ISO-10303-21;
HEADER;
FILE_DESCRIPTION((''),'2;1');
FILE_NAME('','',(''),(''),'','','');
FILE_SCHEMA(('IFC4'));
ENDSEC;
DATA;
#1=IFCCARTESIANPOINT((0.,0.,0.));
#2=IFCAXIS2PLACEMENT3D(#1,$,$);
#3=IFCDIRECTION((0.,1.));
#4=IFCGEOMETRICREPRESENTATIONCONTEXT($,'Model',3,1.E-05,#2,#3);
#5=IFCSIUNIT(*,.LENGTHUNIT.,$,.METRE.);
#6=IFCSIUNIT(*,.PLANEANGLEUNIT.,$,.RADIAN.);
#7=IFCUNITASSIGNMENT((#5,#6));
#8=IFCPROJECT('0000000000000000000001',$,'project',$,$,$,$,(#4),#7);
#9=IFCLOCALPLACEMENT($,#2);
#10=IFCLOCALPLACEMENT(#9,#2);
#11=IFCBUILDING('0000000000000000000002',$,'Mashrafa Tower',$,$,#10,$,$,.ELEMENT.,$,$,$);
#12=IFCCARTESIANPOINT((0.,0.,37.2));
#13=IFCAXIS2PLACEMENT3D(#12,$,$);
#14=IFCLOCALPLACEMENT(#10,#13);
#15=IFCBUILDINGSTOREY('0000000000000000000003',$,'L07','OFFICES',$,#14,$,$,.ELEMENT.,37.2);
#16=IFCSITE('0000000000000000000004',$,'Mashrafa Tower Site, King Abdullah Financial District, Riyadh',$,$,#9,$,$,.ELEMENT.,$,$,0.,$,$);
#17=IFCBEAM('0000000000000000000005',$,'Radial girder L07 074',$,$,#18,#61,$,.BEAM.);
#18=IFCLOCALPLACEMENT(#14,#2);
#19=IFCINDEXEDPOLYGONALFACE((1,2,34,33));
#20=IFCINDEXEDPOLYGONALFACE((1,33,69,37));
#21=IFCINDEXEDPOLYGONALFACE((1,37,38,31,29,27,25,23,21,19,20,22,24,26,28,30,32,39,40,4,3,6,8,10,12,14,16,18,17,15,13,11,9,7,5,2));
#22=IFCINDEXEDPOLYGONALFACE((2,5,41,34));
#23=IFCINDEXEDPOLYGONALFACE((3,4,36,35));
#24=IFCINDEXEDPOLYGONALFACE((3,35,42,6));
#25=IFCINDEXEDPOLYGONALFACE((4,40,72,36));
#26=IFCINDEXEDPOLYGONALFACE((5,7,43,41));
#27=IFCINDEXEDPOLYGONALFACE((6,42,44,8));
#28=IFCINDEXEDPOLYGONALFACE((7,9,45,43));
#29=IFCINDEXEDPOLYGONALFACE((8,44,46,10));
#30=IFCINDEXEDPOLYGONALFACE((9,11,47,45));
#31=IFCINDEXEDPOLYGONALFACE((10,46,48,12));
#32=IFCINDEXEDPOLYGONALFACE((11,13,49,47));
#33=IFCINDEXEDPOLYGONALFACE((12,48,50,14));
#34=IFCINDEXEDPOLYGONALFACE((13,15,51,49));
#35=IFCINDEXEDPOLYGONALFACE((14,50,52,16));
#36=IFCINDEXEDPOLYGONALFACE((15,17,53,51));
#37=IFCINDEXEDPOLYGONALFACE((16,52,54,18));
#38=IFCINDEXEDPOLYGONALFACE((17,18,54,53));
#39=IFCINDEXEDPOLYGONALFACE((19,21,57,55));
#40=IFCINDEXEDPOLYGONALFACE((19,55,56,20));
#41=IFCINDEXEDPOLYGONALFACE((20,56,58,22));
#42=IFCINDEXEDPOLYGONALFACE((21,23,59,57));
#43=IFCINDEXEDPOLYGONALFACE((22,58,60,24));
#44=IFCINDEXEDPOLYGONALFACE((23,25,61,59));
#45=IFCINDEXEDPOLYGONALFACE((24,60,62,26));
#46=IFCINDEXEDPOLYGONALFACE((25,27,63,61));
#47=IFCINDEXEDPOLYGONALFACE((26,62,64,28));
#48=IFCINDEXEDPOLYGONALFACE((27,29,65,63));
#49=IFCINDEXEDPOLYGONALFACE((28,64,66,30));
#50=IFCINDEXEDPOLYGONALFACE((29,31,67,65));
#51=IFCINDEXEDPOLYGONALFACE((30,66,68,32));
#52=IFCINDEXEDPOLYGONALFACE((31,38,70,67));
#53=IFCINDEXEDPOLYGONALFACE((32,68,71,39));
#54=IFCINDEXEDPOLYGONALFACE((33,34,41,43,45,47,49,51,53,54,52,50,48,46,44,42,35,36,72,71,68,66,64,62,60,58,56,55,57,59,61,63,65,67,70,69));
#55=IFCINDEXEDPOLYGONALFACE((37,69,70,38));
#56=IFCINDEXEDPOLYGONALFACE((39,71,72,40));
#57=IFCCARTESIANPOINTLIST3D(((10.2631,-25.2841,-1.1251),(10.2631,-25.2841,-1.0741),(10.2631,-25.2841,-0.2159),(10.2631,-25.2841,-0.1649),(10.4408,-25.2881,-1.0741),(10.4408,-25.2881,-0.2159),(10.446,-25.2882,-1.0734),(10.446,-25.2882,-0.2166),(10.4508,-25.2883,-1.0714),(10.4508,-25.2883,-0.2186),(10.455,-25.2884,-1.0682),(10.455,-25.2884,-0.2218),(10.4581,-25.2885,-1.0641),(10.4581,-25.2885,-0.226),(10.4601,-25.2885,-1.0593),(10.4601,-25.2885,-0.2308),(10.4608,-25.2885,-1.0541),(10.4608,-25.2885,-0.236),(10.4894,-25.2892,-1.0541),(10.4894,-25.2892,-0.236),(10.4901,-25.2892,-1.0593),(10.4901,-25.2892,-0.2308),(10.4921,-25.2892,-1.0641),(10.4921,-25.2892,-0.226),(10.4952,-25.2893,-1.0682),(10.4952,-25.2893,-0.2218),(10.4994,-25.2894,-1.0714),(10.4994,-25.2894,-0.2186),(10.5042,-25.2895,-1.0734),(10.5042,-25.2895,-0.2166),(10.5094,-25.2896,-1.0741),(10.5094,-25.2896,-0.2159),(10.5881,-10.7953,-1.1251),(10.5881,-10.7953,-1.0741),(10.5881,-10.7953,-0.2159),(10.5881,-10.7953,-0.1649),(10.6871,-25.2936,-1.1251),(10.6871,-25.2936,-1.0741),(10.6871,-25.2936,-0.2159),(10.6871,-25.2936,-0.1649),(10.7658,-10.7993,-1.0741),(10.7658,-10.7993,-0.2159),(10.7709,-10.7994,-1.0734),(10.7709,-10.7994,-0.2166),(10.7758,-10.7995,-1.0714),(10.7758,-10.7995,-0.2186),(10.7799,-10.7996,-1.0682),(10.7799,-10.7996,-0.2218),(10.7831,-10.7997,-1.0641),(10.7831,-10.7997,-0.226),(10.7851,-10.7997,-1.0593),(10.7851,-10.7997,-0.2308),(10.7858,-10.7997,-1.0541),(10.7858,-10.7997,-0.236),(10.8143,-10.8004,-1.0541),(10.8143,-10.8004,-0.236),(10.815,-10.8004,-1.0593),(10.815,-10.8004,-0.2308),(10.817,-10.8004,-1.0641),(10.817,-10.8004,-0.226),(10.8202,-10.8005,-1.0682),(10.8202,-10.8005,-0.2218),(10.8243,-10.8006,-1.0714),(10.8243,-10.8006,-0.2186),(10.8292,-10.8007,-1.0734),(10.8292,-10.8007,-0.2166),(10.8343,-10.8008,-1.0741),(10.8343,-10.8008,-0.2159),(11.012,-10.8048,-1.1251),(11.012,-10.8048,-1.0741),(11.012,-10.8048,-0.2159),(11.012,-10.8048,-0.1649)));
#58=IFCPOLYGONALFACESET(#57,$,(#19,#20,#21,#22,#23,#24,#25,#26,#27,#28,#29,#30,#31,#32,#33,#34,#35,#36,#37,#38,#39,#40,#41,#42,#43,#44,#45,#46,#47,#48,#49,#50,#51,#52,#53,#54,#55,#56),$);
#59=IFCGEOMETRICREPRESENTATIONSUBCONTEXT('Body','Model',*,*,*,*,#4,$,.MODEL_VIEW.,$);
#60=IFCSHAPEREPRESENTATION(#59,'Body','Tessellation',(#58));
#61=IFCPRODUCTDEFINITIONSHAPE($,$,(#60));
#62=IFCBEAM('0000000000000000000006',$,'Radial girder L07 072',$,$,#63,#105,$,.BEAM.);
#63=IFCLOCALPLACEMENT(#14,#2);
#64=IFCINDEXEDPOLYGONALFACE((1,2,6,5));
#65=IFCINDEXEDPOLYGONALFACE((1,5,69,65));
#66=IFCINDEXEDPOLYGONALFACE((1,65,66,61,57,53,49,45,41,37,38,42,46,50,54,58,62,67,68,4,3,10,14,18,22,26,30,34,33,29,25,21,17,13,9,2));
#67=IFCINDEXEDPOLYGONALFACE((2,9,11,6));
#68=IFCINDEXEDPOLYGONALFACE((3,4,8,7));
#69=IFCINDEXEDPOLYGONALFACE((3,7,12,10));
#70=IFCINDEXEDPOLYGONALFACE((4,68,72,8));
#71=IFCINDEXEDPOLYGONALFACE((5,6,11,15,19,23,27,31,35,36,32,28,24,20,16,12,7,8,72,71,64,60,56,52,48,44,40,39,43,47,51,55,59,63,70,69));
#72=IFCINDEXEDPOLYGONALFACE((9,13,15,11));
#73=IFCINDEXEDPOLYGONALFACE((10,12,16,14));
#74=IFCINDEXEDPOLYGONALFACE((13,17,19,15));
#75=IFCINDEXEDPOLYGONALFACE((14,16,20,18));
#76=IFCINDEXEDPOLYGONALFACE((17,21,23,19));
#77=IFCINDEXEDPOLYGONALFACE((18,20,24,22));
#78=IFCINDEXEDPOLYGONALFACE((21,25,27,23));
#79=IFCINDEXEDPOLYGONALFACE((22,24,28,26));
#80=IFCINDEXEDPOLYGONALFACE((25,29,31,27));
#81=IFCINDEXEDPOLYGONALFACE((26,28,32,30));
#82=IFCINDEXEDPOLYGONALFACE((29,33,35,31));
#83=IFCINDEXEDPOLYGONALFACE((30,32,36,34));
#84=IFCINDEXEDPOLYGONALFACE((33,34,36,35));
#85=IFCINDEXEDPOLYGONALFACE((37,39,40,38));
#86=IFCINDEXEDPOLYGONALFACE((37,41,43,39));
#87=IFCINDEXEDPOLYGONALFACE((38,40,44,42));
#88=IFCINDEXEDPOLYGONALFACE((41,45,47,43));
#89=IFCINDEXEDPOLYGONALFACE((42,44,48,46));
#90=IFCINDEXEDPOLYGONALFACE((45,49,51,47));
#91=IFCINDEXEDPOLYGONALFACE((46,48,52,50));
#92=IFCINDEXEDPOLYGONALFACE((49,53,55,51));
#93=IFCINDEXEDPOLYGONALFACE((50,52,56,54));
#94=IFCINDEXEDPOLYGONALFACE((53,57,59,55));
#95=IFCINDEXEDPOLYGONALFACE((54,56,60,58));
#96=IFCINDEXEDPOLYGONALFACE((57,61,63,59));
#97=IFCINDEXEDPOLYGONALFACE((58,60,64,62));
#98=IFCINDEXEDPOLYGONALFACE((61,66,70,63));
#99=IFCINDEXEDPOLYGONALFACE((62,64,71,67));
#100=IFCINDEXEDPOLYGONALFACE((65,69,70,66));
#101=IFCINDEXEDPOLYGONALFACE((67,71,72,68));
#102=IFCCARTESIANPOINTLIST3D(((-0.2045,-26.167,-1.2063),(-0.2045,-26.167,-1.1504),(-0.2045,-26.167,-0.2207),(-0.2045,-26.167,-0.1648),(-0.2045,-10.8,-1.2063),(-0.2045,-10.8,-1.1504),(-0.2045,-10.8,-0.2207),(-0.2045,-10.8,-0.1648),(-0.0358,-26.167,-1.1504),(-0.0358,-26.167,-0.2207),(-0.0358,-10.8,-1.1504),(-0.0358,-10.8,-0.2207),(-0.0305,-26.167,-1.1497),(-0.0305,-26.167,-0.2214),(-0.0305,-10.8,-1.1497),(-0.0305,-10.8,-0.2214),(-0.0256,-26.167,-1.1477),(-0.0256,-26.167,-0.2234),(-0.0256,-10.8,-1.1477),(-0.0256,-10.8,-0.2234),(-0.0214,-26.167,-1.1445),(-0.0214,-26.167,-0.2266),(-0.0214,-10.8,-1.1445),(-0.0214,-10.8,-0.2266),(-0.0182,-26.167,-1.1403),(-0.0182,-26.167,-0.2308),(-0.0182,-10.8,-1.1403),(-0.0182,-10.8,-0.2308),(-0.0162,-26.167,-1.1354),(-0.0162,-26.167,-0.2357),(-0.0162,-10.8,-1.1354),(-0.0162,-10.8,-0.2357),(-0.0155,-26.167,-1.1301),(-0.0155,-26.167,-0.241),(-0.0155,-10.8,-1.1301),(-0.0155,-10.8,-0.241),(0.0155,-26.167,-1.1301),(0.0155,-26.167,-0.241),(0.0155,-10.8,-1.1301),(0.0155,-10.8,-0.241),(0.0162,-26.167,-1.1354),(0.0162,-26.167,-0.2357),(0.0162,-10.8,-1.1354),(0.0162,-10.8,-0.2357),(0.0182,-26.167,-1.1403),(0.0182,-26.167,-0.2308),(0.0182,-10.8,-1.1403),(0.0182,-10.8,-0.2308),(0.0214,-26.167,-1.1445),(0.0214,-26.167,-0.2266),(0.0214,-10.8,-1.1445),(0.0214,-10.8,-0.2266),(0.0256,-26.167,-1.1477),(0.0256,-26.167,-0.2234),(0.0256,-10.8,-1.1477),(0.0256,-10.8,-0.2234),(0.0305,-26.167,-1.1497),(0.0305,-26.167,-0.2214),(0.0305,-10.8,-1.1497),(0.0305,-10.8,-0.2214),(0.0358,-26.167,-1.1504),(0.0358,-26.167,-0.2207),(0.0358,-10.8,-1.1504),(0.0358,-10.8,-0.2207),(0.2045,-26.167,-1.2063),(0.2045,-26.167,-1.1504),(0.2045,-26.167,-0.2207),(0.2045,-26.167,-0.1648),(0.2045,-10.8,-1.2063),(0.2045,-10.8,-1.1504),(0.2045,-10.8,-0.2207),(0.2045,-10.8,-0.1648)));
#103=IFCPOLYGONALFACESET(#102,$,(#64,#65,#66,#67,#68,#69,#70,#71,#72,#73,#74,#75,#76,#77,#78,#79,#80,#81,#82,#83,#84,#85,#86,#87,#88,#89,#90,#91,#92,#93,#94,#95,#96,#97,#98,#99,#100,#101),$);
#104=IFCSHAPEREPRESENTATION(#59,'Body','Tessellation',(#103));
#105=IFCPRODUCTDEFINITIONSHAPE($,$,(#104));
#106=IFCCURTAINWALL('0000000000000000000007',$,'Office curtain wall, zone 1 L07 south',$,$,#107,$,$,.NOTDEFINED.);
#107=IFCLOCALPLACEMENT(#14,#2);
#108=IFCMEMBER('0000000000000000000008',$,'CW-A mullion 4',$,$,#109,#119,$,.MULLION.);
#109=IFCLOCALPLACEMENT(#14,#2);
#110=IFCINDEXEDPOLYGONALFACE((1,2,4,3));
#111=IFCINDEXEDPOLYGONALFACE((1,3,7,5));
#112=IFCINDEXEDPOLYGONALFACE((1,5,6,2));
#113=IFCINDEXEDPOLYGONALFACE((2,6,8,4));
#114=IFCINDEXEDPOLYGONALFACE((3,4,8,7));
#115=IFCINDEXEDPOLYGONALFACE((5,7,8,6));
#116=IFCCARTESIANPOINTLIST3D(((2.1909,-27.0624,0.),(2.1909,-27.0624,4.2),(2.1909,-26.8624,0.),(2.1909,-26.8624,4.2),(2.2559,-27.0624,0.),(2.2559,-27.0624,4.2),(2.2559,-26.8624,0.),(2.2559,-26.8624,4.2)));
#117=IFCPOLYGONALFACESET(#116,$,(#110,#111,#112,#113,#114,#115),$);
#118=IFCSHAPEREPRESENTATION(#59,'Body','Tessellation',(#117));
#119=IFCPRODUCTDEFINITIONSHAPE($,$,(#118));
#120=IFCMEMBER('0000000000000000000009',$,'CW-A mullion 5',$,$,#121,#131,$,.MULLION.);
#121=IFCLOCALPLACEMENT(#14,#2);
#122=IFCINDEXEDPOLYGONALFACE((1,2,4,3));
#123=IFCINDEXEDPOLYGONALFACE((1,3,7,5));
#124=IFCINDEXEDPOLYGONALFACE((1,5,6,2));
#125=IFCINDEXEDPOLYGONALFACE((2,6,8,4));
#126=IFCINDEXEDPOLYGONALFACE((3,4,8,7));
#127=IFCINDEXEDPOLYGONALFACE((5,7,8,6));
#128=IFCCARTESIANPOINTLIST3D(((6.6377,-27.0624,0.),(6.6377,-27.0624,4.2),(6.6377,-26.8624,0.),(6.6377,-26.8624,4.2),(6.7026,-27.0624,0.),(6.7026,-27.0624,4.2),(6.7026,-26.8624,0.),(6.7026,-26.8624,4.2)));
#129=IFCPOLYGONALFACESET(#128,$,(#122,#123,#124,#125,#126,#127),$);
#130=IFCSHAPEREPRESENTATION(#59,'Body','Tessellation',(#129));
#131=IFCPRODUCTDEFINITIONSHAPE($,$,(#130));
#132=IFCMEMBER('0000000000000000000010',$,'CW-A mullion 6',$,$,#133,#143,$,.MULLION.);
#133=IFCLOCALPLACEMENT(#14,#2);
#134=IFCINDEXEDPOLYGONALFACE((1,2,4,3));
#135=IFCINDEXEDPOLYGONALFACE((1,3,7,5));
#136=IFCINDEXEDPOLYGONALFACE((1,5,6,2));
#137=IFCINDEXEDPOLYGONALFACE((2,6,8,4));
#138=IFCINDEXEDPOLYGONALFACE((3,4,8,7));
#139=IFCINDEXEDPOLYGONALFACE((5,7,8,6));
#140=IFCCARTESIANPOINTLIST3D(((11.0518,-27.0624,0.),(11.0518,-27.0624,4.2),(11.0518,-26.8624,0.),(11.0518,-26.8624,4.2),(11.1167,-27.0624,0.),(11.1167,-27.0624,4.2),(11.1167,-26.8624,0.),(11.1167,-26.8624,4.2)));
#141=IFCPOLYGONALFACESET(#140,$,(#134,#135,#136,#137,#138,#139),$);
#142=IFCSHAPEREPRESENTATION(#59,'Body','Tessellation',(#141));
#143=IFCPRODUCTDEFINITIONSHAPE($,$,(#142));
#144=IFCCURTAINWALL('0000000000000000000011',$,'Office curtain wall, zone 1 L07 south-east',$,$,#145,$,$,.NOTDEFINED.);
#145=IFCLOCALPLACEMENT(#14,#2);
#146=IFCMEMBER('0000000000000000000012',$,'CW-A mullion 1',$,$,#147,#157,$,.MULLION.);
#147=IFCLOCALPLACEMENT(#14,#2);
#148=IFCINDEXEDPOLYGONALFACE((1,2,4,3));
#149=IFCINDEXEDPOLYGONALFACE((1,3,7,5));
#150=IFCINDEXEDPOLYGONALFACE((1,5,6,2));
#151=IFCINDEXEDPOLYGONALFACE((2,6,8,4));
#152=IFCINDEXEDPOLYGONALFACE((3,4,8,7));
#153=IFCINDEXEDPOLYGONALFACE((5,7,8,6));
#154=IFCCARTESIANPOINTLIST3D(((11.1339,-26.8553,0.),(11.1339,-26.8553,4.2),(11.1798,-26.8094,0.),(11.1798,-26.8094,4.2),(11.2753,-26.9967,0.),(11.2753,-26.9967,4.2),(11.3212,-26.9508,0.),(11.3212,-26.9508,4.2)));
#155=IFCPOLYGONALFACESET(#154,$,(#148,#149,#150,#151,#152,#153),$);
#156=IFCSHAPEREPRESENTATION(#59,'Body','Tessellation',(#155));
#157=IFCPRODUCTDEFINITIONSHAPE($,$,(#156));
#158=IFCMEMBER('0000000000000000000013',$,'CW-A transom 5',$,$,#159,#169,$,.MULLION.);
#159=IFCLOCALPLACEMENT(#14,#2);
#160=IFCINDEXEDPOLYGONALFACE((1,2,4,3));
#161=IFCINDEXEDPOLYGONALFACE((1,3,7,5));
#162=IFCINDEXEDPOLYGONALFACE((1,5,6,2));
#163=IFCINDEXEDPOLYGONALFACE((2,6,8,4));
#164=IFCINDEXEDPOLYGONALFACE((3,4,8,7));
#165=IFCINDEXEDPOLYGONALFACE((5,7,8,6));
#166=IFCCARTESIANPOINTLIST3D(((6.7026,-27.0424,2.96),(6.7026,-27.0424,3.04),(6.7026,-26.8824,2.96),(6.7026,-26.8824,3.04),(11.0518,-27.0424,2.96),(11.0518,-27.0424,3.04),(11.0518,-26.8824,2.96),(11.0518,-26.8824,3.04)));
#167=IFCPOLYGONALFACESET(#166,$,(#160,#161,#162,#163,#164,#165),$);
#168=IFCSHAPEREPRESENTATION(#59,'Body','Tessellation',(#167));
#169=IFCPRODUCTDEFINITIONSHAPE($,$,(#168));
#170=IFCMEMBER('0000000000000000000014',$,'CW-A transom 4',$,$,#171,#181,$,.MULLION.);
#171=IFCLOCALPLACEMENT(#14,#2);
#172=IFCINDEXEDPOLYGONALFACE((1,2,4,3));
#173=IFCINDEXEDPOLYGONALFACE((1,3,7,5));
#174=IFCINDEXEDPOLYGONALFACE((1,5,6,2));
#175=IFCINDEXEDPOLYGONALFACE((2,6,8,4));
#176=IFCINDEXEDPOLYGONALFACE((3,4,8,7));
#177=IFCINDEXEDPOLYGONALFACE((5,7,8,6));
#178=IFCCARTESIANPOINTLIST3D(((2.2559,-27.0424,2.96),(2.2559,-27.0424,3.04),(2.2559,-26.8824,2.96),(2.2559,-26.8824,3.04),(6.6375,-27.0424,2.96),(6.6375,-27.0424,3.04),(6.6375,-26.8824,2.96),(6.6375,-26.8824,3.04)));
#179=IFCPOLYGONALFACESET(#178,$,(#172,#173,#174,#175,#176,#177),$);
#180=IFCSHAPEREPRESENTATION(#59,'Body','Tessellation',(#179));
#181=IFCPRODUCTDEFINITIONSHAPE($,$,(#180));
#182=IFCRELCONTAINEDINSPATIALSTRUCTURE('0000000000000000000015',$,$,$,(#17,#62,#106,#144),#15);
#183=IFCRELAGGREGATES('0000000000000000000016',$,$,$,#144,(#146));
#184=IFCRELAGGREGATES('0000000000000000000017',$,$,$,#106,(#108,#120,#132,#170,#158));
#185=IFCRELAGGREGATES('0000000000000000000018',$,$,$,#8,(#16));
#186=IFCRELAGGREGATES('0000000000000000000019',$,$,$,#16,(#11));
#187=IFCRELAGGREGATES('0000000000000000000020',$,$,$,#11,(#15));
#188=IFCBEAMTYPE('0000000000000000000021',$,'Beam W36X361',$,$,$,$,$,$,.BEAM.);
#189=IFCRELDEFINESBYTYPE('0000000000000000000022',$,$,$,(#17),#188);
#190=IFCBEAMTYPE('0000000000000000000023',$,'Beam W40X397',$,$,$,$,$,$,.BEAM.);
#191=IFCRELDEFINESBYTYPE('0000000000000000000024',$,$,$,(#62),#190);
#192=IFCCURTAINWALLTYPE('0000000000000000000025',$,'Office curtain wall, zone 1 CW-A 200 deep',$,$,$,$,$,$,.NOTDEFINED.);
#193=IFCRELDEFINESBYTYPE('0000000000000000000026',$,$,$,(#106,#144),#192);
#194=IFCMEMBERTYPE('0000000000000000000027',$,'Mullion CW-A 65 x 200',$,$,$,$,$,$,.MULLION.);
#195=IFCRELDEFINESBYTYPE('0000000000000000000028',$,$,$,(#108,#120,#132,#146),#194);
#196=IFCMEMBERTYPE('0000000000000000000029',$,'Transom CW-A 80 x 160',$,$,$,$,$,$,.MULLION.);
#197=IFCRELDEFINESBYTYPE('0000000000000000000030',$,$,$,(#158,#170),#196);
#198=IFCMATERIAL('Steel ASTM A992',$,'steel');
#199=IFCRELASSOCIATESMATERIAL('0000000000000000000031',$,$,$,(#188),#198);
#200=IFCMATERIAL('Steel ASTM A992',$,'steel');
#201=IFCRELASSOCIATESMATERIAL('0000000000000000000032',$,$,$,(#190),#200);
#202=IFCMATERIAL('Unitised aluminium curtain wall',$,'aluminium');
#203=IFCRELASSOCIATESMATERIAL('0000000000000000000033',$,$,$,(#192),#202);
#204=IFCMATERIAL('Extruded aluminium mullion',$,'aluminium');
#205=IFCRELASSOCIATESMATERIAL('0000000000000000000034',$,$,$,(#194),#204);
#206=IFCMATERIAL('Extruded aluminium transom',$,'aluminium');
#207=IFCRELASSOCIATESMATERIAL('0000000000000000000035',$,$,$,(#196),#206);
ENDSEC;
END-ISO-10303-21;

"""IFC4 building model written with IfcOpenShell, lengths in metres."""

from ifc_helpers import new_model, si_unit, direction, frame, origin, origin_2d, place, context, subcontext, project, spatial, rectangle, i_section, extrude, source, transform, mapped, material, material_profile, profile_set, type_object, type_shapes, element, aggregate, save


model = new_model("IFC4")

# Units and contexts
model_context = context("Model", 3, precision=1e-05, world=origin(), true_north=direction((0.0, 1.0)))
body_context = subcontext(model_context, "Body", "Model", "MODEL_VIEW")
ifc_project = project(units=[si_unit("LENGTHUNIT", "METRE"), si_unit("PLANEANGLEUNIT", "RADIAN")], contexts=[model_context])

# Site, building, storey
site_placement = place(None, origin())
site = spatial("IfcSite", under=ifc_project, at=site_placement, Name="Mashrafa Tower Site, King Abdullah Financial District, Riyadh", CompositionType="ELEMENT", RefElevation=0.0)
building_placement = place(site_placement, origin())
building = spatial("IfcBuilding", under=site, at=building_placement, Name="Mashrafa Tower", CompositionType="ELEMENT")
storey_placement = place(building_placement, frame((0.0, 0.0, 37.2)))
storey = spatial("IfcBuildingStorey", under=building, at=storey_placement, Name="L07", Description="OFFICES", CompositionType="ELEMENT", Elevation=37.2)

# Beams
ifc_material_1 = material(Name="Steel ASTM A992", Category="steel")
ifc_material_profile_1 = material_profile(ifc_material_1, i_section(OverallWidth=0.4241, OverallDepth=0.9602, WebThickness=0.0286, FlangeThickness=0.051, FilletRadius=0.02, at=origin_2d()), Name="W36X361")
ifc_profile_set_1 = profile_set([ifc_material_profile_1], Name="Steel ASTM A992")
beam_type_1 = type_object("IfcBeamType", Name="Beam W36X361", PredefinedType="BEAM", material=ifc_profile_set_1)
beam_1_placement = place(storey_placement, frame((10.8, -10.8, -0.645), z_axis=(-0.022422, -0.999749, 0.0), x_axis=(0.999749, -0.022422, 0.0)))
element("IfcBeam", 1, at=beam_1_placement, inside=storey, type_object=beam_type_1, Name="Radial girder L07 074", PredefinedType="BEAM", context=body_context, shape_type="SweptSolid", body=[
    extrude(i_section(OverallWidth=0.4241, OverallDepth=0.9602, WebThickness=0.0286, FlangeThickness=0.051, FilletRadius=0.02, at=origin_2d()), origin(), (0.0, 0.0, 1.0), 14.4924),
])
ifc_material_2 = material(Name="Steel ASTM A992", Category="steel")
ifc_material_profile_2 = material_profile(ifc_material_2, i_section(OverallWidth=0.4089, OverallDepth=1.0415, WebThickness=0.031, FlangeThickness=0.0559, FilletRadius=0.0203, at=origin_2d()), Name="W40X397")
ifc_profile_set_2 = profile_set([ifc_material_profile_2], Name="Steel ASTM A992")
beam_type_2 = type_object("IfcBeamType", Name="Beam W40X397", PredefinedType="BEAM", material=ifc_profile_set_2)
beam_2_placement = place(storey_placement, frame((0.0, -10.8, -0.6855), z_axis=(0.0, -1.0, 0.0), x_axis=(1.0, 0.0, 0.0)))
element("IfcBeam", 2, at=beam_2_placement, inside=storey, type_object=beam_type_2, Name="Radial girder L07 072", PredefinedType="BEAM", context=body_context, shape_type="SweptSolid", body=[
    extrude(i_section(OverallWidth=0.4089, OverallDepth=1.0415, WebThickness=0.031, FlangeThickness=0.0559, FilletRadius=0.0203, at=origin_2d()), origin(), (0.0, 0.0, 1.0), 15.3669),
])

# Curtain wall, members
ifc_material_3 = material(Name="Unitised aluminium curtain wall", Category="aluminium")
curtain_wall_type = type_object("IfcCurtainWallType", Name="Office curtain wall, zone 1 CW-A 200 deep", PredefinedType="NOTDEFINED", material=ifc_material_3)
curtain_wall_1_placement = place(storey_placement, origin())
curtain_wall_1 = element("IfcCurtainWall", 3, at=curtain_wall_1_placement, inside=storey, type_object=curtain_wall_type, Name="Office curtain wall, zone 1 L07 south", PredefinedType="NOTDEFINED")
ifc_material_4 = material(Name="Extruded aluminium mullion", Category="aluminium")
ifc_material_profile_3 = material_profile(ifc_material_4, rectangle(XDim=0.2, YDim=0.0649, at=origin_2d()), Name="Mullion 65x200")
ifc_profile_set_3 = profile_set([ifc_material_profile_3], Name="Extruded aluminium mullion")
member_type_1 = type_object("IfcMemberType", Name="Mullion CW-A 65 x 200", PredefinedType="MULLION", material=ifc_profile_set_3)
shared_shape_1 = source(origin(), body_context, "Body", "SweptSolid", [
    extrude(rectangle(XDim=0.2, YDim=0.0649, at=origin_2d()), origin(), (0.0, 0.0, 1.0), 4.2),
])
type_shapes(member_type_1, [shared_shape_1])
member_1_placement = place(storey_placement, frame((2.2234, -26.9624, 0.0), z_axis=(0.0, 0.0, 1.0), x_axis=(0.0, 1.0, 0.0)))
member_1 = element("IfcMember", 4, at=member_1_placement, type_object=member_type_1, Name="CW-A mullion 4", PredefinedType="MULLION", context=body_context, shape_type="MappedRepresentation", body=[
    mapped(shared_shape_1, transform((0.0, 0.0, 0.0))),
])
member_2_placement = place(storey_placement, frame((6.6702, -26.9624, 0.0), z_axis=(0.0, 0.0, 1.0), x_axis=(0.0, 1.0, 0.0)))
member_2 = element("IfcMember", 5, at=member_2_placement, type_object=member_type_1, Name="CW-A mullion 5", PredefinedType="MULLION", context=body_context, shape_type="MappedRepresentation", body=[
    mapped(shared_shape_1, transform((0.0, 0.0, 0.0))),
])
member_3_placement = place(storey_placement, frame((11.0842, -26.9624, 0.0), z_axis=(0.0, 0.0, 1.0), x_axis=(0.0, 1.0, 0.0)))
member_3 = element("IfcMember", 6, at=member_3_placement, type_object=member_type_1, Name="CW-A mullion 6", PredefinedType="MULLION", context=body_context, shape_type="MappedRepresentation", body=[
    mapped(shared_shape_1, transform((0.0, 0.0, 0.0))),
])

# Curtain wall, member
curtain_wall_2_placement = place(storey_placement, origin())
curtain_wall_2 = element("IfcCurtainWall", 7, at=curtain_wall_2_placement, inside=storey, type_object=curtain_wall_type, Name="Office curtain wall, zone 1 L07 south-east", PredefinedType="NOTDEFINED")
member_4_placement = place(storey_placement, frame((11.2275, -26.9031, 0.0), z_axis=(0.0, 0.0, 1.0), x_axis=(-0.707107, 0.707107, 0.0)))
member_4 = element("IfcMember", 8, at=member_4_placement, type_object=member_type_1, Name="CW-A mullion 1", PredefinedType="MULLION", context=body_context, shape_type="MappedRepresentation", body=[
    mapped(shared_shape_1, transform((0.0, 0.0, 0.0))),
])
aggregate(curtain_wall_2, [member_4])

# Members
ifc_material_5 = material(Name="Extruded aluminium transom", Category="aluminium")
ifc_material_profile_4 = material_profile(ifc_material_5, rectangle(XDim=0.1599, YDim=0.0801, at=origin_2d()), Name="Transom 80x160")
ifc_profile_set_4 = profile_set([ifc_material_profile_4], Name="Extruded aluminium transom")
member_type_2 = type_object("IfcMemberType", Name="Transom CW-A 80 x 160", PredefinedType="MULLION", material=ifc_profile_set_4)
shared_shape_2 = source(origin(), body_context, "Body", "SweptSolid", [
    extrude(rectangle(XDim=0.1599, YDim=0.0801, at=origin_2d()), origin(), (0.0, 0.0, 1.0), 4.3491),
])
member_5_placement = place(storey_placement, frame((6.7026, -26.9624, 3.0), z_axis=(1.0, 0.0, 0.0), x_axis=(0.0, 1.0, 0.0)))
member_5 = element("IfcMember", 9, at=member_5_placement, type_object=member_type_2, Name="CW-A transom 5", PredefinedType="MULLION", context=body_context, shape_type="MappedRepresentation", body=[
    mapped(shared_shape_2, transform((0.0, 0.0, 0.0))),
])
shared_shape_3 = source(origin(), body_context, "Body", "SweptSolid", [
    extrude(rectangle(XDim=0.1599, YDim=0.0801, at=origin_2d()), origin(), (0.0, 0.0, 1.0), 4.3816),
])
type_shapes(member_type_2, [shared_shape_2, shared_shape_3])
member_6_placement = place(storey_placement, frame((2.2559, -26.9624, 3.0), z_axis=(1.0, 0.0, 0.0), x_axis=(0.0, 1.0, 0.0)))
member_6 = element("IfcMember", 10, at=member_6_placement, type_object=member_type_2, Name="CW-A transom 4", PredefinedType="MULLION", context=body_context, shape_type="MappedRepresentation", body=[
    mapped(shared_shape_3, transform((0.0, 0.0, 0.0))),
])

aggregate(curtain_wall_1, [member_1, member_2, member_3, member_6, member_5])

save(model, "model.ifc")
